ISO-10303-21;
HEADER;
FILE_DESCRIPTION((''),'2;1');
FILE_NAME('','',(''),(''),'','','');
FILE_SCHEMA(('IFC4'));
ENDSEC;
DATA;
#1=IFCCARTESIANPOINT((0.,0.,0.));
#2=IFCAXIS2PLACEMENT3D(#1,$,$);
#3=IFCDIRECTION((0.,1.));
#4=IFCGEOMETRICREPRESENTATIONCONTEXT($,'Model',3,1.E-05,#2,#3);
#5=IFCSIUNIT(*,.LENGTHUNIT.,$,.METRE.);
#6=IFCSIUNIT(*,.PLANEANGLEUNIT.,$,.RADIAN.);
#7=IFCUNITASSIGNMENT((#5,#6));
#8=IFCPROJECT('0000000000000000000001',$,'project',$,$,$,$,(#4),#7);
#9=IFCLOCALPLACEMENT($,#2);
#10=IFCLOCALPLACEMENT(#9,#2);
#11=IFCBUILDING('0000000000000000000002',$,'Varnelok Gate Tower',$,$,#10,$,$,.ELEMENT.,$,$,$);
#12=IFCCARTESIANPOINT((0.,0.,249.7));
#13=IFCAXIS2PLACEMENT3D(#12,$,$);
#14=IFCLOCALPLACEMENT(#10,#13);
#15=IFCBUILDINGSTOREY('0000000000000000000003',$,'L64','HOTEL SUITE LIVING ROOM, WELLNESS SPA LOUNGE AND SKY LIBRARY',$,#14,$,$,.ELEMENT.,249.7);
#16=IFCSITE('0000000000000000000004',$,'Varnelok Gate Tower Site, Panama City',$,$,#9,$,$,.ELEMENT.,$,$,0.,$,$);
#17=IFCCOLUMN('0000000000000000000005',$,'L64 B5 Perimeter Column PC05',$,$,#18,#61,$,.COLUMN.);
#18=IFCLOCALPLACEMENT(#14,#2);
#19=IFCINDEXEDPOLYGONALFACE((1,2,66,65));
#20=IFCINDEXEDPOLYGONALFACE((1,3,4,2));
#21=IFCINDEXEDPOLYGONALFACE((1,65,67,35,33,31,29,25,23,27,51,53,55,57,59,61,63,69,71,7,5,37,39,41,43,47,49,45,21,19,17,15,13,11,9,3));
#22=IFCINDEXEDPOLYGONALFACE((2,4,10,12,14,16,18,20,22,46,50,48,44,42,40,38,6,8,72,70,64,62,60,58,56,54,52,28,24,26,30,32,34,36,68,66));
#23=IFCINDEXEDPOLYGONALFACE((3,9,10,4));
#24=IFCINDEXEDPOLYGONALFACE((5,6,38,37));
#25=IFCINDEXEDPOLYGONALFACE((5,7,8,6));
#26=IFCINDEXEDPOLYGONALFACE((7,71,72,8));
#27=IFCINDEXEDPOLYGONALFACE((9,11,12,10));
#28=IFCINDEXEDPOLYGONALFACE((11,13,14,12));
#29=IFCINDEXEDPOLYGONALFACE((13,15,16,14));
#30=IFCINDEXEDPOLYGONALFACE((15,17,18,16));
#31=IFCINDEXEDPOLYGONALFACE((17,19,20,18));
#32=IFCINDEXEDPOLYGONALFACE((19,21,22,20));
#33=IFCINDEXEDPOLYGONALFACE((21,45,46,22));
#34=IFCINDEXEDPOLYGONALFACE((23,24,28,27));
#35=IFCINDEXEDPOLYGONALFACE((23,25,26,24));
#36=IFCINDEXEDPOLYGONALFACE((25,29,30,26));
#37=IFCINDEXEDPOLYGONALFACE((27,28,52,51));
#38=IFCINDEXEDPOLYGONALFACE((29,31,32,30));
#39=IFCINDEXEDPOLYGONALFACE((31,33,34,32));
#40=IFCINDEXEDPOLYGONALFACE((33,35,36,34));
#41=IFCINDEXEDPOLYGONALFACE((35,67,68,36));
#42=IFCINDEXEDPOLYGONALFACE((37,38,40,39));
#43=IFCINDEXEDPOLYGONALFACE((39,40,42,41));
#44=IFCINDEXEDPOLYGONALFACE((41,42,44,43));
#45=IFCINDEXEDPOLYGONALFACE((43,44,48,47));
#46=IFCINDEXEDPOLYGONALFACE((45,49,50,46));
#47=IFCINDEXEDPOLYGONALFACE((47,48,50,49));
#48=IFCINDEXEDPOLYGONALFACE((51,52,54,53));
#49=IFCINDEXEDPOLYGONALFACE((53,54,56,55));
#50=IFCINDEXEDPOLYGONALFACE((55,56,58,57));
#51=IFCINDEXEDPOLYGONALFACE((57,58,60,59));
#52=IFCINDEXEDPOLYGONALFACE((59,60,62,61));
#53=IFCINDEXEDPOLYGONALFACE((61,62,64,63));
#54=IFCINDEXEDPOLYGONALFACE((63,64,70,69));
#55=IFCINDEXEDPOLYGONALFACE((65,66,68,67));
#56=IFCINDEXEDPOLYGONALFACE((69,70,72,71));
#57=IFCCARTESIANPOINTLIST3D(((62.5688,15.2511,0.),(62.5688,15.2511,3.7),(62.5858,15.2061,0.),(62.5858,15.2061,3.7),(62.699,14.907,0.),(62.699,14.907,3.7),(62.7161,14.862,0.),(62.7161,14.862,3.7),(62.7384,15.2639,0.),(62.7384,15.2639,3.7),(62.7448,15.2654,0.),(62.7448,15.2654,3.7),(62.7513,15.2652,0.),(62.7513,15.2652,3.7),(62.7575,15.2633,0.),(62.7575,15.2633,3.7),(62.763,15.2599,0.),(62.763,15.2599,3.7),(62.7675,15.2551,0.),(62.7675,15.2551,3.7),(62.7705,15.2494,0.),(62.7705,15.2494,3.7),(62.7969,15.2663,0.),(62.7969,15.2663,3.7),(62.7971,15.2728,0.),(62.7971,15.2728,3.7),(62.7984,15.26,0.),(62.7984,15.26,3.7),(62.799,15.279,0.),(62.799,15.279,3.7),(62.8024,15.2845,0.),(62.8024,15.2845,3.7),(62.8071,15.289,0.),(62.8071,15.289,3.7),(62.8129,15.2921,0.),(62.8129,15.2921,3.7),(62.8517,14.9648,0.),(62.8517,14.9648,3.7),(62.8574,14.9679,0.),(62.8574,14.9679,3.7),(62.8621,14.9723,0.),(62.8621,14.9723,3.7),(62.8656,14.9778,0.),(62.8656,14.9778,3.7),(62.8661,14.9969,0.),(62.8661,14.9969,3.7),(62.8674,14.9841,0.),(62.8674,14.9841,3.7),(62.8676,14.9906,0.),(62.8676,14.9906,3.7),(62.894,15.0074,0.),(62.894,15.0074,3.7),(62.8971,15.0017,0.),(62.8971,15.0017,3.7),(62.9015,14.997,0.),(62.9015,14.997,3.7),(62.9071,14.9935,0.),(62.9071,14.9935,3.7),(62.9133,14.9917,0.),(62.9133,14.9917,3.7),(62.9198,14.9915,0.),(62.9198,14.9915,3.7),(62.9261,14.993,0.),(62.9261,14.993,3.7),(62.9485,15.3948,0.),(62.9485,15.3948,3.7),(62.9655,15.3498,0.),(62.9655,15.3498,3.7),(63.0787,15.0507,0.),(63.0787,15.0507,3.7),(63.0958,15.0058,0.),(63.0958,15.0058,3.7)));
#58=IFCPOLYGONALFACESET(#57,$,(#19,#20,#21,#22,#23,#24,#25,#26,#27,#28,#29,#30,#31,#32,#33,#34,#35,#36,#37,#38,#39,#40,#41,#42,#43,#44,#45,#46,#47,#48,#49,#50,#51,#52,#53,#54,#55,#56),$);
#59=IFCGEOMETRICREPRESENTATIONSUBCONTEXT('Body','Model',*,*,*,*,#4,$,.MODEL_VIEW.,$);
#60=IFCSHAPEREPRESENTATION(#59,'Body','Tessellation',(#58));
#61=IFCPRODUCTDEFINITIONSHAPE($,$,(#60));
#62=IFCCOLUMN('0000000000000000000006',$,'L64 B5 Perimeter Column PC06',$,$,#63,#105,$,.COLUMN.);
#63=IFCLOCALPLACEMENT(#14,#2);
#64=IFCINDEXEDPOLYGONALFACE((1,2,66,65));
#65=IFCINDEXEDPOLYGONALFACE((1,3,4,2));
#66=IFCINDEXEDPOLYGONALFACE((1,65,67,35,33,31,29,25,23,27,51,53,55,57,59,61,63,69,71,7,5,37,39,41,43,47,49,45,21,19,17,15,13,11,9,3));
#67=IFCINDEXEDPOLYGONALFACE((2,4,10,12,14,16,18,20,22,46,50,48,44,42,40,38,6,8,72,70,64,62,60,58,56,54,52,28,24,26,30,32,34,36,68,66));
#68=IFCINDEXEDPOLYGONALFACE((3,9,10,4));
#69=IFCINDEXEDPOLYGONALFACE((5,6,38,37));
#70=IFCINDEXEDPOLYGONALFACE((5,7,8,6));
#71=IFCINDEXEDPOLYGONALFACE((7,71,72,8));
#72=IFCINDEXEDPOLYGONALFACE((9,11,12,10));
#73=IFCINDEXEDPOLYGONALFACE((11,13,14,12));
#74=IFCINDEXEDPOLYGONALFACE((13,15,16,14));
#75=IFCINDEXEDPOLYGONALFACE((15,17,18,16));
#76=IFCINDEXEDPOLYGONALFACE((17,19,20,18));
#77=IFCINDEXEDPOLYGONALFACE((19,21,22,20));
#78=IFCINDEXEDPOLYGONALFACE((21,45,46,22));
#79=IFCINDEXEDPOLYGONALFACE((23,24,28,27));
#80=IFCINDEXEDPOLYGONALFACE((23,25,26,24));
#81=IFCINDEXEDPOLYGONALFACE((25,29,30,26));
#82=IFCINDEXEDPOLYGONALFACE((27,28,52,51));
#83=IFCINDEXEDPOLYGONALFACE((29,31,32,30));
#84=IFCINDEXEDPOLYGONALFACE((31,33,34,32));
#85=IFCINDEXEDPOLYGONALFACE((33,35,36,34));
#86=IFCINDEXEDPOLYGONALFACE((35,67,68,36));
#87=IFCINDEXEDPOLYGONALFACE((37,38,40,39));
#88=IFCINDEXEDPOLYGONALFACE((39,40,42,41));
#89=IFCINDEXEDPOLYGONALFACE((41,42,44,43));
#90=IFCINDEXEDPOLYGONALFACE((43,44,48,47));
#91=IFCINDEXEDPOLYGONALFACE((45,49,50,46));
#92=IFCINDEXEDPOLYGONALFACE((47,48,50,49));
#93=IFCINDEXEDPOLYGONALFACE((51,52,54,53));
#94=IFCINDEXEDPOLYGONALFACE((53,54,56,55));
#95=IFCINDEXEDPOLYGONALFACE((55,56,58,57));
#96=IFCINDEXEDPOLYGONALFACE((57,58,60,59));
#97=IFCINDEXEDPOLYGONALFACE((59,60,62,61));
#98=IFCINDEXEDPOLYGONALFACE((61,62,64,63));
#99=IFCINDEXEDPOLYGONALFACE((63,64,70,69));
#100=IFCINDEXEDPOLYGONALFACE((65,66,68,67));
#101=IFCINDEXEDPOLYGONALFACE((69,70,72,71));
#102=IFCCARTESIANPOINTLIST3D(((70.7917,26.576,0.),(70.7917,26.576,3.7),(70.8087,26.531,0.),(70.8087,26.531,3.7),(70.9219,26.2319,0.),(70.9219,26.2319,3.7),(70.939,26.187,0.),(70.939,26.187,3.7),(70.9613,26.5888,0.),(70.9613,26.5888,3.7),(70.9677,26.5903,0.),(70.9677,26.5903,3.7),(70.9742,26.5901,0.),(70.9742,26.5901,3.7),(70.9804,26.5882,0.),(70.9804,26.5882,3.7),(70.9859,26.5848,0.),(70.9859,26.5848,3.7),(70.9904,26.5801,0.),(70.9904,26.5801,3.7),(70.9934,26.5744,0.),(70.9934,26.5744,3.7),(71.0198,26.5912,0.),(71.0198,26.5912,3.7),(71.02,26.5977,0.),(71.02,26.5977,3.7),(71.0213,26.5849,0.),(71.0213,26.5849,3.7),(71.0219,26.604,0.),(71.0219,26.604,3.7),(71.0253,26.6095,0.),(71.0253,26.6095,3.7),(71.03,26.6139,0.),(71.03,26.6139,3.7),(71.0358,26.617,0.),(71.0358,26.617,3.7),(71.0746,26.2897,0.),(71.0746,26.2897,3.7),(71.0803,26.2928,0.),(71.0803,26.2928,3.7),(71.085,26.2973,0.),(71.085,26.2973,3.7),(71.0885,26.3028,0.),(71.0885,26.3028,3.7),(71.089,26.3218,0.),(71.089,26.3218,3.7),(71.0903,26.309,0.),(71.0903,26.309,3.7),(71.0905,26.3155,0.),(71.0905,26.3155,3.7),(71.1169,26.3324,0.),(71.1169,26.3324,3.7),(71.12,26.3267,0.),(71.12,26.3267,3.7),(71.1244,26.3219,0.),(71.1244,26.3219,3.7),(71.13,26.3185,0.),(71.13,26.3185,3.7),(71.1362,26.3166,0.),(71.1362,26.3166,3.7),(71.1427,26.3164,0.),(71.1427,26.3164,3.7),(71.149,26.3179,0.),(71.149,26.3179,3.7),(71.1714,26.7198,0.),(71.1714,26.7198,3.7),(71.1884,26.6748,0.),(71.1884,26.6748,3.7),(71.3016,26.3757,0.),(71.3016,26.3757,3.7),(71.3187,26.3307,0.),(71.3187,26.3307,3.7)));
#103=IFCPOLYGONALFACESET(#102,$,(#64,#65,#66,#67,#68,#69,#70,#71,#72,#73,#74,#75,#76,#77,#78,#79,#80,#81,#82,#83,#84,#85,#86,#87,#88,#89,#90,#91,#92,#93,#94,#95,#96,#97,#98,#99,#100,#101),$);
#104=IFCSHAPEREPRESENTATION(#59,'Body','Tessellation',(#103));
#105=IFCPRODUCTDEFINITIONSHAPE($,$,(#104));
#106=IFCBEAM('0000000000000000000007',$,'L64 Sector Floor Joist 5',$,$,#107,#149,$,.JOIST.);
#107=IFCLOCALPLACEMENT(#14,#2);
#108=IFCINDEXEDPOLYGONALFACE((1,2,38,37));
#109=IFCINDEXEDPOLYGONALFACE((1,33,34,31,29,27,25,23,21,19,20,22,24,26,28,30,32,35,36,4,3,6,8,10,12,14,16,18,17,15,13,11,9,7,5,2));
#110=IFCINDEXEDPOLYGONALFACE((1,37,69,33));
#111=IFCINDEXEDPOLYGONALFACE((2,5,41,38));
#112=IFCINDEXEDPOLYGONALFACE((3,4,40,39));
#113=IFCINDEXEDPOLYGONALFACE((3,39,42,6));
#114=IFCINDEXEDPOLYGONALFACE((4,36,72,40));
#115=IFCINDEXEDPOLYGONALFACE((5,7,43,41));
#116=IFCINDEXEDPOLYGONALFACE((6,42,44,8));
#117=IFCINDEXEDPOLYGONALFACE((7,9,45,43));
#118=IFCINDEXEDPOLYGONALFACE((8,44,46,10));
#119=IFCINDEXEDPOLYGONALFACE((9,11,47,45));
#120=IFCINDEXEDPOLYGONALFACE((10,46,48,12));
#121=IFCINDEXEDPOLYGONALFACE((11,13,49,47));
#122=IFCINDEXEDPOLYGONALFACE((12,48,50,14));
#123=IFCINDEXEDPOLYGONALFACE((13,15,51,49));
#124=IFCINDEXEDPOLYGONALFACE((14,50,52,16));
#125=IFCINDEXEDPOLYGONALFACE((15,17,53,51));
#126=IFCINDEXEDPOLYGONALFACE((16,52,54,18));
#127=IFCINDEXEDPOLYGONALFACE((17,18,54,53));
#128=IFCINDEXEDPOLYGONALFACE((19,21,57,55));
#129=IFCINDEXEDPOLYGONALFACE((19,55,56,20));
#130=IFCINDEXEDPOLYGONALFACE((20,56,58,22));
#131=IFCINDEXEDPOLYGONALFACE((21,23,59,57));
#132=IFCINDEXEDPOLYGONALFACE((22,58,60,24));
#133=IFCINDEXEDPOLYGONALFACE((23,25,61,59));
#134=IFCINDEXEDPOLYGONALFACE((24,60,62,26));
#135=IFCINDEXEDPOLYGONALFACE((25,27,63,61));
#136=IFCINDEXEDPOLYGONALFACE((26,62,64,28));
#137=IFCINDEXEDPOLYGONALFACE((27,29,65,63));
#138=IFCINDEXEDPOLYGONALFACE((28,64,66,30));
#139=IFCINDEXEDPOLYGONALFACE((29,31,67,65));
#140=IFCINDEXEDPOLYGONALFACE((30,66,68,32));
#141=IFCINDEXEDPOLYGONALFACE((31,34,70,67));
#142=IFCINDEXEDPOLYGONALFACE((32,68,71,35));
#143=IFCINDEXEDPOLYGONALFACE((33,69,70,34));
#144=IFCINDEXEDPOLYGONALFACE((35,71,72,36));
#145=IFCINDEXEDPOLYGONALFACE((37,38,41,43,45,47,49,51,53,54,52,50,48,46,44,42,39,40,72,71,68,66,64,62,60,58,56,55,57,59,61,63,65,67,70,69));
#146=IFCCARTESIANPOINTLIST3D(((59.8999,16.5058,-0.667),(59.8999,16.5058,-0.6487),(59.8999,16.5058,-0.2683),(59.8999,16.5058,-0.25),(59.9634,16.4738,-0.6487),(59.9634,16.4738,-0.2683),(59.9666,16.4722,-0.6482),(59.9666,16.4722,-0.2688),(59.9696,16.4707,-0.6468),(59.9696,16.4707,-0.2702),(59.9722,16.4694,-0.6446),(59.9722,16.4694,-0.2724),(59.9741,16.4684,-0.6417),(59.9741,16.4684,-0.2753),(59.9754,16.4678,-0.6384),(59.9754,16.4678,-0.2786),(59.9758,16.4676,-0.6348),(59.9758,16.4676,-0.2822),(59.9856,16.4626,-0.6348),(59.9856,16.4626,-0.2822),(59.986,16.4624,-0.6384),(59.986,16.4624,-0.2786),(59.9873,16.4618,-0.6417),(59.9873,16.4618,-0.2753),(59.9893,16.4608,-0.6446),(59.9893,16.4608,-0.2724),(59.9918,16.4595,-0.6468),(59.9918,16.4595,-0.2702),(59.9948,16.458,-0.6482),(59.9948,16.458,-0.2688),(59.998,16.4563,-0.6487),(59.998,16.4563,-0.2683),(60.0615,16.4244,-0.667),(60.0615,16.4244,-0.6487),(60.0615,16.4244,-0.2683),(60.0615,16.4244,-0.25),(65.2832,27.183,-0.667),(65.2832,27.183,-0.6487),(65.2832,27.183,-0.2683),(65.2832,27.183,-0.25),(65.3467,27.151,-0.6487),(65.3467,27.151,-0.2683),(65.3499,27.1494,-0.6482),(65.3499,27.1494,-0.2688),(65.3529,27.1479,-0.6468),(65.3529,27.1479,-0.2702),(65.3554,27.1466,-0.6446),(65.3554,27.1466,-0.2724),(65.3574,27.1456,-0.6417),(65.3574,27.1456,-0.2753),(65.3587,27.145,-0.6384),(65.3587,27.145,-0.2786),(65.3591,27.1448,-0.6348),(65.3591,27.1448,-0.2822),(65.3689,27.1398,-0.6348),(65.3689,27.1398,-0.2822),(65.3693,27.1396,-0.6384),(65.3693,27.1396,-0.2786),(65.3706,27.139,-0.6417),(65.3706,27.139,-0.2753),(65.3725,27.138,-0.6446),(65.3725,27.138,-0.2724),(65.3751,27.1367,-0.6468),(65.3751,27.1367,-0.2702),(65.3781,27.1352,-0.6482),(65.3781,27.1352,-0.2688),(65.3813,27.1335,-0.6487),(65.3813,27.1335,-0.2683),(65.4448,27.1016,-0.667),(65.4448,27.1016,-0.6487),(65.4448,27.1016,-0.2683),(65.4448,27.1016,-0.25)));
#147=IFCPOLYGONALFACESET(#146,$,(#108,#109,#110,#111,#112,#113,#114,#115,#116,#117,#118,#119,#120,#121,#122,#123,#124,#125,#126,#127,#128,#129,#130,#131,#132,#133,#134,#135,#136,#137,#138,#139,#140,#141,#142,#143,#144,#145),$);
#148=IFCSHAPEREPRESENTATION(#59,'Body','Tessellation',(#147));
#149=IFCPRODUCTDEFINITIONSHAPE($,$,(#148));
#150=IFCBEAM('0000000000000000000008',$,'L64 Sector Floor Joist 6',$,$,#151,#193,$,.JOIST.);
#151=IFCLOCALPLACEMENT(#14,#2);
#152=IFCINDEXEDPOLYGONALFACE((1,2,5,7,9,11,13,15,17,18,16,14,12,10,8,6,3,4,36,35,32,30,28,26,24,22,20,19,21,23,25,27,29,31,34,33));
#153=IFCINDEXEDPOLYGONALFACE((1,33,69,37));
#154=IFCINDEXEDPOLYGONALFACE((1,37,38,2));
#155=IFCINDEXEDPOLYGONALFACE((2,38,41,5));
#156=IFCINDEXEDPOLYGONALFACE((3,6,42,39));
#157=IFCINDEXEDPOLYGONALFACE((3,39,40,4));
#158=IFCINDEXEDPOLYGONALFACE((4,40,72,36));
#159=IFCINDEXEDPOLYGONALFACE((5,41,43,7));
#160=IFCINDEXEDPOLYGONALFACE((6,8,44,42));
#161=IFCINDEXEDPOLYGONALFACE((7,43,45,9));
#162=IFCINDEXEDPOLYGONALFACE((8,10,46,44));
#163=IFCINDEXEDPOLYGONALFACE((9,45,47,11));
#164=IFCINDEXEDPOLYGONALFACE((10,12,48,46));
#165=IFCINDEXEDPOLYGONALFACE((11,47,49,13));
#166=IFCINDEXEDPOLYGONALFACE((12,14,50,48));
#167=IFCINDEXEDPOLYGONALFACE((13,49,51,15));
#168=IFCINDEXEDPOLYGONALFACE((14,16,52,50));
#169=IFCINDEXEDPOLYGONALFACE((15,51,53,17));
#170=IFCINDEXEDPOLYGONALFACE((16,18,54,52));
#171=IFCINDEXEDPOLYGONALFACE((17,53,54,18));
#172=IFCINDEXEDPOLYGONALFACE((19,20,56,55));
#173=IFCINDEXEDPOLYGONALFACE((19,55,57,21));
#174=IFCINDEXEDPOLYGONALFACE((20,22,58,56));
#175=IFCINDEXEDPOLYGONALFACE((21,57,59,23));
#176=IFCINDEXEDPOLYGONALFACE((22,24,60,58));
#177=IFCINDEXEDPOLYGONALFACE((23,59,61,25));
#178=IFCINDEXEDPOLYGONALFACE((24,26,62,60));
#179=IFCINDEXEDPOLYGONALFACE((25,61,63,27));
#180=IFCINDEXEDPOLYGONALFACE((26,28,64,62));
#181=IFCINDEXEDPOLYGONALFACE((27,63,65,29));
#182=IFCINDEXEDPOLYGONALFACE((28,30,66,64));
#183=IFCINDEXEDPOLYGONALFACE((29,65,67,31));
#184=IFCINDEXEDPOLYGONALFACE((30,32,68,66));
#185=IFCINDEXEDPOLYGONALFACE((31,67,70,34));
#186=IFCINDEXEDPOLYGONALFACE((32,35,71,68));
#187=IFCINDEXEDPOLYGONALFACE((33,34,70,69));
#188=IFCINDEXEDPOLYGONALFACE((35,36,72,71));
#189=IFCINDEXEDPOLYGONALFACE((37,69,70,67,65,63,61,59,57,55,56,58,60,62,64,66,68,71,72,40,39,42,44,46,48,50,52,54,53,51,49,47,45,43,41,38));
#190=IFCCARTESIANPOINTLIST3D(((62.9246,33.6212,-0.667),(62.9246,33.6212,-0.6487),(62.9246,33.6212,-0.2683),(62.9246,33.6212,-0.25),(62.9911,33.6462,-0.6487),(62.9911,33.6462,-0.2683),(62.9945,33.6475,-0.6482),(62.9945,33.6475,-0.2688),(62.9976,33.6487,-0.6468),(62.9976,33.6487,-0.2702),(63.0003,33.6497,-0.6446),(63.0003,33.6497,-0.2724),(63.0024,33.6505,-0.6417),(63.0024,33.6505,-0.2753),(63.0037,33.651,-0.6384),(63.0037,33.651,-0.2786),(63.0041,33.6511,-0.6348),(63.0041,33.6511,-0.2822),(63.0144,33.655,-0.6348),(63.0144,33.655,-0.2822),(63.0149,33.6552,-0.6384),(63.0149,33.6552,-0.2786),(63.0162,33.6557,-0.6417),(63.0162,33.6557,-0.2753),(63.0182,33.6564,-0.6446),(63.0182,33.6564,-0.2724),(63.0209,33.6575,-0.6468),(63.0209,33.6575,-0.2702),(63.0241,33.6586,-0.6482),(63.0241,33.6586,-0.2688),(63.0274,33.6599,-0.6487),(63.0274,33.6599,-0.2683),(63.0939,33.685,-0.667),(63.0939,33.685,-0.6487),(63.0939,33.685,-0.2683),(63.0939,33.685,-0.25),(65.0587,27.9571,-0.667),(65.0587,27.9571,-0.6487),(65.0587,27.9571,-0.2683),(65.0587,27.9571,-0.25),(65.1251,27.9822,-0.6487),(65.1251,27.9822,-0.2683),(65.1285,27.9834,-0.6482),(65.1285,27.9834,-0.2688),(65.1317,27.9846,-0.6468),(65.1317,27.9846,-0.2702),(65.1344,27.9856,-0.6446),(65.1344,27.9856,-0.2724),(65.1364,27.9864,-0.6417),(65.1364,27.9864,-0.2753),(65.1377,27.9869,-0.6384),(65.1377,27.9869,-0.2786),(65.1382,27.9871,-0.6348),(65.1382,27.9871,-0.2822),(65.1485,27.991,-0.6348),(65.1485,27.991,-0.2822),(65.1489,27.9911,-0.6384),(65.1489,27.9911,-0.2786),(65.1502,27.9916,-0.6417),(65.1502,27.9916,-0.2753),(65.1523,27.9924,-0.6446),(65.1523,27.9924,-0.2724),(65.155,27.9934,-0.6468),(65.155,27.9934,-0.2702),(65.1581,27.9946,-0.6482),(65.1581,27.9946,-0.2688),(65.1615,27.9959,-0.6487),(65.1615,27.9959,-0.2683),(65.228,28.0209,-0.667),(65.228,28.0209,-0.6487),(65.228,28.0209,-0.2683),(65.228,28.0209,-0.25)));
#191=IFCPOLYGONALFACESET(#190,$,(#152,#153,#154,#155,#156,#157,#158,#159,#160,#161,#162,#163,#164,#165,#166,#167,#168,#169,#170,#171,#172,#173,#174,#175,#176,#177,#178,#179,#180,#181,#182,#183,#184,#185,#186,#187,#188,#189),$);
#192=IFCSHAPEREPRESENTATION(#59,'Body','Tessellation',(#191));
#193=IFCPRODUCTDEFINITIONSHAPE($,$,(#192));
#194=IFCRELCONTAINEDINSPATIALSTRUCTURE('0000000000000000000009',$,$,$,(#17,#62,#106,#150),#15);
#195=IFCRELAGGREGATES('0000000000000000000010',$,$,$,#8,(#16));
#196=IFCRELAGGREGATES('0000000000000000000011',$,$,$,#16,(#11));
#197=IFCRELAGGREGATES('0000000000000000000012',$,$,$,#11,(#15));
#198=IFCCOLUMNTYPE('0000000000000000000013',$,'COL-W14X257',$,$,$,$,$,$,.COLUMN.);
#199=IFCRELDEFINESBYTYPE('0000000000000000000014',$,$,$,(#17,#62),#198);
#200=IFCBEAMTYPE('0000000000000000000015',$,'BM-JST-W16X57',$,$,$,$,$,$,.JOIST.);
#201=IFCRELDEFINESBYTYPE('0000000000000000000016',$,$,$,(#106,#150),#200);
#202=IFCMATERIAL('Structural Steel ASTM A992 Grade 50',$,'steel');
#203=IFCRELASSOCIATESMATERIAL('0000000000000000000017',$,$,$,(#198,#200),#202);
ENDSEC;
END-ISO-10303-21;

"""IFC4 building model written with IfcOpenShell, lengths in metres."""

from ifc_helpers import new_model, si_unit, direction, frame, origin, origin_2d, place, context, subcontext, project, spatial, i_section, extrude, material, material_profile, profile_set, type_object, element, save


model = new_model("IFC4")

# Units and contexts
model_context = context("Model", 3, precision=1e-05, world=origin(), true_north=direction((0.0, 1.0)))
body_context = subcontext(model_context, "Body", "Model", "MODEL_VIEW")
ifc_project = project(units=[si_unit("LENGTHUNIT", "METRE"), si_unit("PLANEANGLEUNIT", "RADIAN")], contexts=[model_context])

# Site, building, storey
site_placement = place(None, origin())
site = spatial("IfcSite", under=ifc_project, at=site_placement, Name="Varnelok Gate Tower Site, Panama City", CompositionType="ELEMENT", RefElevation=0.0)
building_placement = place(site_placement, origin())
building = spatial("IfcBuilding", under=site, at=building_placement, Name="Varnelok Gate Tower", CompositionType="ELEMENT")
storey_placement = place(building_placement, frame((0.0, 0.0, 249.7)))
storey = spatial("IfcBuildingStorey", under=building, at=storey_placement, Name="L64", Description="HOTEL SUITE LIVING ROOM, WELLNESS SPA LOUNGE AND SKY LIBRARY", CompositionType="ELEMENT", Elevation=249.7)

# Columns
ifc_material_1 = material(Name="Structural Steel ASTM A992 Grade 50", Category="steel")
ifc_material_profile_1 = material_profile(ifc_material_1, i_section(OverallWidth=0.406, OverallDepth=0.416, WebThickness=0.0298, FlangeThickness=0.0481, FilletRadius=0.0249, at=origin_2d()), Name="W14X257")
ifc_profile_set_1 = profile_set([ifc_material_profile_1], Name="Structural Steel ASTM A992 Grade 50")
column_type = type_object("IfcColumnType", Name="COL-W14X257", PredefinedType="COLUMN", material=ifc_profile_set_1)
for number, where, z_axis, x_axis, name in (
    (1, (62.8323, 15.1284, 0.0), (0.0, 0.0, 1.0), (0.935222, 0.354063, 0.0), "L64 B5 Perimeter Column PC05"),
    (2, (71.0552, 26.4534, 0.0), (0.0, 0.0, 1.0), (0.935222, 0.354063, 0.0), "L64 B5 Perimeter Column PC06"),
):
    element("IfcColumn", number, at=place(storey_placement, frame(where, z_axis=z_axis, x_axis=x_axis)), inside=storey, type_object=column_type, Name=name, PredefinedType="COLUMN", context=body_context, shape_type="SweptSolid", body=[
        extrude(i_section(OverallWidth=0.406, OverallDepth=0.416, WebThickness=0.0298, FlangeThickness=0.0481, FilletRadius=0.0249, at=origin_2d()), origin(), (0.0, 0.0, 1.0), 3.7),
    ])

# Beams
ifc_material_profile_2 = material_profile(ifc_material_1, i_section(OverallWidth=0.1809, OverallDepth=0.417, WebThickness=0.011, FlangeThickness=0.0183, FilletRadius=0.0139, at=origin_2d()), Name="W16X57")
ifc_profile_set_2 = profile_set([ifc_material_profile_2], Name="Structural Steel ASTM A992 Grade 50")
beam_type_1 = type_object("IfcBeamType", Name="BM-JST-W16X57", PredefinedType="JOIST", material=ifc_profile_set_2)
beam_1_placement = place(storey_placement, frame((59.9807, 16.4651, -0.4585), z_axis=(0.4502, 0.892928, 0.0), x_axis=(-0.892928, 0.4502, 0.0)))
element("IfcBeam", 3, at=beam_1_placement, inside=storey, type_object=beam_type_1, Name="L64 Sector Floor Joist 5", PredefinedType="JOIST", context=body_context, shape_type="SweptSolid", body=[
    extrude(i_section(OverallWidth=0.1809, OverallDepth=0.417, WebThickness=0.011, FlangeThickness=0.0183, FilletRadius=0.0139, at=origin_2d()), origin(), (0.0, 0.0, 1.0), 11.9575),
])
beam_2_placement = place(storey_placement, frame((65.1433, 27.989, -0.4585), z_axis=(-0.352573, 0.935784, 0.0), x_axis=(-0.935784, -0.352573, 0.0)))
element("IfcBeam", 4, at=beam_2_placement, inside=storey, type_object=beam_type_1, Name="L64 Sector Floor Joist 6", PredefinedType="JOIST", context=body_context, shape_type="SweptSolid", body=[
    extrude(i_section(OverallWidth=0.1809, OverallDepth=0.417, WebThickness=0.011, FlangeThickness=0.0183, FilletRadius=0.0139, at=origin_2d()), origin(), (0.0, 0.0, 1.0), 6.0527),
])

save(model, "model.ifc")
